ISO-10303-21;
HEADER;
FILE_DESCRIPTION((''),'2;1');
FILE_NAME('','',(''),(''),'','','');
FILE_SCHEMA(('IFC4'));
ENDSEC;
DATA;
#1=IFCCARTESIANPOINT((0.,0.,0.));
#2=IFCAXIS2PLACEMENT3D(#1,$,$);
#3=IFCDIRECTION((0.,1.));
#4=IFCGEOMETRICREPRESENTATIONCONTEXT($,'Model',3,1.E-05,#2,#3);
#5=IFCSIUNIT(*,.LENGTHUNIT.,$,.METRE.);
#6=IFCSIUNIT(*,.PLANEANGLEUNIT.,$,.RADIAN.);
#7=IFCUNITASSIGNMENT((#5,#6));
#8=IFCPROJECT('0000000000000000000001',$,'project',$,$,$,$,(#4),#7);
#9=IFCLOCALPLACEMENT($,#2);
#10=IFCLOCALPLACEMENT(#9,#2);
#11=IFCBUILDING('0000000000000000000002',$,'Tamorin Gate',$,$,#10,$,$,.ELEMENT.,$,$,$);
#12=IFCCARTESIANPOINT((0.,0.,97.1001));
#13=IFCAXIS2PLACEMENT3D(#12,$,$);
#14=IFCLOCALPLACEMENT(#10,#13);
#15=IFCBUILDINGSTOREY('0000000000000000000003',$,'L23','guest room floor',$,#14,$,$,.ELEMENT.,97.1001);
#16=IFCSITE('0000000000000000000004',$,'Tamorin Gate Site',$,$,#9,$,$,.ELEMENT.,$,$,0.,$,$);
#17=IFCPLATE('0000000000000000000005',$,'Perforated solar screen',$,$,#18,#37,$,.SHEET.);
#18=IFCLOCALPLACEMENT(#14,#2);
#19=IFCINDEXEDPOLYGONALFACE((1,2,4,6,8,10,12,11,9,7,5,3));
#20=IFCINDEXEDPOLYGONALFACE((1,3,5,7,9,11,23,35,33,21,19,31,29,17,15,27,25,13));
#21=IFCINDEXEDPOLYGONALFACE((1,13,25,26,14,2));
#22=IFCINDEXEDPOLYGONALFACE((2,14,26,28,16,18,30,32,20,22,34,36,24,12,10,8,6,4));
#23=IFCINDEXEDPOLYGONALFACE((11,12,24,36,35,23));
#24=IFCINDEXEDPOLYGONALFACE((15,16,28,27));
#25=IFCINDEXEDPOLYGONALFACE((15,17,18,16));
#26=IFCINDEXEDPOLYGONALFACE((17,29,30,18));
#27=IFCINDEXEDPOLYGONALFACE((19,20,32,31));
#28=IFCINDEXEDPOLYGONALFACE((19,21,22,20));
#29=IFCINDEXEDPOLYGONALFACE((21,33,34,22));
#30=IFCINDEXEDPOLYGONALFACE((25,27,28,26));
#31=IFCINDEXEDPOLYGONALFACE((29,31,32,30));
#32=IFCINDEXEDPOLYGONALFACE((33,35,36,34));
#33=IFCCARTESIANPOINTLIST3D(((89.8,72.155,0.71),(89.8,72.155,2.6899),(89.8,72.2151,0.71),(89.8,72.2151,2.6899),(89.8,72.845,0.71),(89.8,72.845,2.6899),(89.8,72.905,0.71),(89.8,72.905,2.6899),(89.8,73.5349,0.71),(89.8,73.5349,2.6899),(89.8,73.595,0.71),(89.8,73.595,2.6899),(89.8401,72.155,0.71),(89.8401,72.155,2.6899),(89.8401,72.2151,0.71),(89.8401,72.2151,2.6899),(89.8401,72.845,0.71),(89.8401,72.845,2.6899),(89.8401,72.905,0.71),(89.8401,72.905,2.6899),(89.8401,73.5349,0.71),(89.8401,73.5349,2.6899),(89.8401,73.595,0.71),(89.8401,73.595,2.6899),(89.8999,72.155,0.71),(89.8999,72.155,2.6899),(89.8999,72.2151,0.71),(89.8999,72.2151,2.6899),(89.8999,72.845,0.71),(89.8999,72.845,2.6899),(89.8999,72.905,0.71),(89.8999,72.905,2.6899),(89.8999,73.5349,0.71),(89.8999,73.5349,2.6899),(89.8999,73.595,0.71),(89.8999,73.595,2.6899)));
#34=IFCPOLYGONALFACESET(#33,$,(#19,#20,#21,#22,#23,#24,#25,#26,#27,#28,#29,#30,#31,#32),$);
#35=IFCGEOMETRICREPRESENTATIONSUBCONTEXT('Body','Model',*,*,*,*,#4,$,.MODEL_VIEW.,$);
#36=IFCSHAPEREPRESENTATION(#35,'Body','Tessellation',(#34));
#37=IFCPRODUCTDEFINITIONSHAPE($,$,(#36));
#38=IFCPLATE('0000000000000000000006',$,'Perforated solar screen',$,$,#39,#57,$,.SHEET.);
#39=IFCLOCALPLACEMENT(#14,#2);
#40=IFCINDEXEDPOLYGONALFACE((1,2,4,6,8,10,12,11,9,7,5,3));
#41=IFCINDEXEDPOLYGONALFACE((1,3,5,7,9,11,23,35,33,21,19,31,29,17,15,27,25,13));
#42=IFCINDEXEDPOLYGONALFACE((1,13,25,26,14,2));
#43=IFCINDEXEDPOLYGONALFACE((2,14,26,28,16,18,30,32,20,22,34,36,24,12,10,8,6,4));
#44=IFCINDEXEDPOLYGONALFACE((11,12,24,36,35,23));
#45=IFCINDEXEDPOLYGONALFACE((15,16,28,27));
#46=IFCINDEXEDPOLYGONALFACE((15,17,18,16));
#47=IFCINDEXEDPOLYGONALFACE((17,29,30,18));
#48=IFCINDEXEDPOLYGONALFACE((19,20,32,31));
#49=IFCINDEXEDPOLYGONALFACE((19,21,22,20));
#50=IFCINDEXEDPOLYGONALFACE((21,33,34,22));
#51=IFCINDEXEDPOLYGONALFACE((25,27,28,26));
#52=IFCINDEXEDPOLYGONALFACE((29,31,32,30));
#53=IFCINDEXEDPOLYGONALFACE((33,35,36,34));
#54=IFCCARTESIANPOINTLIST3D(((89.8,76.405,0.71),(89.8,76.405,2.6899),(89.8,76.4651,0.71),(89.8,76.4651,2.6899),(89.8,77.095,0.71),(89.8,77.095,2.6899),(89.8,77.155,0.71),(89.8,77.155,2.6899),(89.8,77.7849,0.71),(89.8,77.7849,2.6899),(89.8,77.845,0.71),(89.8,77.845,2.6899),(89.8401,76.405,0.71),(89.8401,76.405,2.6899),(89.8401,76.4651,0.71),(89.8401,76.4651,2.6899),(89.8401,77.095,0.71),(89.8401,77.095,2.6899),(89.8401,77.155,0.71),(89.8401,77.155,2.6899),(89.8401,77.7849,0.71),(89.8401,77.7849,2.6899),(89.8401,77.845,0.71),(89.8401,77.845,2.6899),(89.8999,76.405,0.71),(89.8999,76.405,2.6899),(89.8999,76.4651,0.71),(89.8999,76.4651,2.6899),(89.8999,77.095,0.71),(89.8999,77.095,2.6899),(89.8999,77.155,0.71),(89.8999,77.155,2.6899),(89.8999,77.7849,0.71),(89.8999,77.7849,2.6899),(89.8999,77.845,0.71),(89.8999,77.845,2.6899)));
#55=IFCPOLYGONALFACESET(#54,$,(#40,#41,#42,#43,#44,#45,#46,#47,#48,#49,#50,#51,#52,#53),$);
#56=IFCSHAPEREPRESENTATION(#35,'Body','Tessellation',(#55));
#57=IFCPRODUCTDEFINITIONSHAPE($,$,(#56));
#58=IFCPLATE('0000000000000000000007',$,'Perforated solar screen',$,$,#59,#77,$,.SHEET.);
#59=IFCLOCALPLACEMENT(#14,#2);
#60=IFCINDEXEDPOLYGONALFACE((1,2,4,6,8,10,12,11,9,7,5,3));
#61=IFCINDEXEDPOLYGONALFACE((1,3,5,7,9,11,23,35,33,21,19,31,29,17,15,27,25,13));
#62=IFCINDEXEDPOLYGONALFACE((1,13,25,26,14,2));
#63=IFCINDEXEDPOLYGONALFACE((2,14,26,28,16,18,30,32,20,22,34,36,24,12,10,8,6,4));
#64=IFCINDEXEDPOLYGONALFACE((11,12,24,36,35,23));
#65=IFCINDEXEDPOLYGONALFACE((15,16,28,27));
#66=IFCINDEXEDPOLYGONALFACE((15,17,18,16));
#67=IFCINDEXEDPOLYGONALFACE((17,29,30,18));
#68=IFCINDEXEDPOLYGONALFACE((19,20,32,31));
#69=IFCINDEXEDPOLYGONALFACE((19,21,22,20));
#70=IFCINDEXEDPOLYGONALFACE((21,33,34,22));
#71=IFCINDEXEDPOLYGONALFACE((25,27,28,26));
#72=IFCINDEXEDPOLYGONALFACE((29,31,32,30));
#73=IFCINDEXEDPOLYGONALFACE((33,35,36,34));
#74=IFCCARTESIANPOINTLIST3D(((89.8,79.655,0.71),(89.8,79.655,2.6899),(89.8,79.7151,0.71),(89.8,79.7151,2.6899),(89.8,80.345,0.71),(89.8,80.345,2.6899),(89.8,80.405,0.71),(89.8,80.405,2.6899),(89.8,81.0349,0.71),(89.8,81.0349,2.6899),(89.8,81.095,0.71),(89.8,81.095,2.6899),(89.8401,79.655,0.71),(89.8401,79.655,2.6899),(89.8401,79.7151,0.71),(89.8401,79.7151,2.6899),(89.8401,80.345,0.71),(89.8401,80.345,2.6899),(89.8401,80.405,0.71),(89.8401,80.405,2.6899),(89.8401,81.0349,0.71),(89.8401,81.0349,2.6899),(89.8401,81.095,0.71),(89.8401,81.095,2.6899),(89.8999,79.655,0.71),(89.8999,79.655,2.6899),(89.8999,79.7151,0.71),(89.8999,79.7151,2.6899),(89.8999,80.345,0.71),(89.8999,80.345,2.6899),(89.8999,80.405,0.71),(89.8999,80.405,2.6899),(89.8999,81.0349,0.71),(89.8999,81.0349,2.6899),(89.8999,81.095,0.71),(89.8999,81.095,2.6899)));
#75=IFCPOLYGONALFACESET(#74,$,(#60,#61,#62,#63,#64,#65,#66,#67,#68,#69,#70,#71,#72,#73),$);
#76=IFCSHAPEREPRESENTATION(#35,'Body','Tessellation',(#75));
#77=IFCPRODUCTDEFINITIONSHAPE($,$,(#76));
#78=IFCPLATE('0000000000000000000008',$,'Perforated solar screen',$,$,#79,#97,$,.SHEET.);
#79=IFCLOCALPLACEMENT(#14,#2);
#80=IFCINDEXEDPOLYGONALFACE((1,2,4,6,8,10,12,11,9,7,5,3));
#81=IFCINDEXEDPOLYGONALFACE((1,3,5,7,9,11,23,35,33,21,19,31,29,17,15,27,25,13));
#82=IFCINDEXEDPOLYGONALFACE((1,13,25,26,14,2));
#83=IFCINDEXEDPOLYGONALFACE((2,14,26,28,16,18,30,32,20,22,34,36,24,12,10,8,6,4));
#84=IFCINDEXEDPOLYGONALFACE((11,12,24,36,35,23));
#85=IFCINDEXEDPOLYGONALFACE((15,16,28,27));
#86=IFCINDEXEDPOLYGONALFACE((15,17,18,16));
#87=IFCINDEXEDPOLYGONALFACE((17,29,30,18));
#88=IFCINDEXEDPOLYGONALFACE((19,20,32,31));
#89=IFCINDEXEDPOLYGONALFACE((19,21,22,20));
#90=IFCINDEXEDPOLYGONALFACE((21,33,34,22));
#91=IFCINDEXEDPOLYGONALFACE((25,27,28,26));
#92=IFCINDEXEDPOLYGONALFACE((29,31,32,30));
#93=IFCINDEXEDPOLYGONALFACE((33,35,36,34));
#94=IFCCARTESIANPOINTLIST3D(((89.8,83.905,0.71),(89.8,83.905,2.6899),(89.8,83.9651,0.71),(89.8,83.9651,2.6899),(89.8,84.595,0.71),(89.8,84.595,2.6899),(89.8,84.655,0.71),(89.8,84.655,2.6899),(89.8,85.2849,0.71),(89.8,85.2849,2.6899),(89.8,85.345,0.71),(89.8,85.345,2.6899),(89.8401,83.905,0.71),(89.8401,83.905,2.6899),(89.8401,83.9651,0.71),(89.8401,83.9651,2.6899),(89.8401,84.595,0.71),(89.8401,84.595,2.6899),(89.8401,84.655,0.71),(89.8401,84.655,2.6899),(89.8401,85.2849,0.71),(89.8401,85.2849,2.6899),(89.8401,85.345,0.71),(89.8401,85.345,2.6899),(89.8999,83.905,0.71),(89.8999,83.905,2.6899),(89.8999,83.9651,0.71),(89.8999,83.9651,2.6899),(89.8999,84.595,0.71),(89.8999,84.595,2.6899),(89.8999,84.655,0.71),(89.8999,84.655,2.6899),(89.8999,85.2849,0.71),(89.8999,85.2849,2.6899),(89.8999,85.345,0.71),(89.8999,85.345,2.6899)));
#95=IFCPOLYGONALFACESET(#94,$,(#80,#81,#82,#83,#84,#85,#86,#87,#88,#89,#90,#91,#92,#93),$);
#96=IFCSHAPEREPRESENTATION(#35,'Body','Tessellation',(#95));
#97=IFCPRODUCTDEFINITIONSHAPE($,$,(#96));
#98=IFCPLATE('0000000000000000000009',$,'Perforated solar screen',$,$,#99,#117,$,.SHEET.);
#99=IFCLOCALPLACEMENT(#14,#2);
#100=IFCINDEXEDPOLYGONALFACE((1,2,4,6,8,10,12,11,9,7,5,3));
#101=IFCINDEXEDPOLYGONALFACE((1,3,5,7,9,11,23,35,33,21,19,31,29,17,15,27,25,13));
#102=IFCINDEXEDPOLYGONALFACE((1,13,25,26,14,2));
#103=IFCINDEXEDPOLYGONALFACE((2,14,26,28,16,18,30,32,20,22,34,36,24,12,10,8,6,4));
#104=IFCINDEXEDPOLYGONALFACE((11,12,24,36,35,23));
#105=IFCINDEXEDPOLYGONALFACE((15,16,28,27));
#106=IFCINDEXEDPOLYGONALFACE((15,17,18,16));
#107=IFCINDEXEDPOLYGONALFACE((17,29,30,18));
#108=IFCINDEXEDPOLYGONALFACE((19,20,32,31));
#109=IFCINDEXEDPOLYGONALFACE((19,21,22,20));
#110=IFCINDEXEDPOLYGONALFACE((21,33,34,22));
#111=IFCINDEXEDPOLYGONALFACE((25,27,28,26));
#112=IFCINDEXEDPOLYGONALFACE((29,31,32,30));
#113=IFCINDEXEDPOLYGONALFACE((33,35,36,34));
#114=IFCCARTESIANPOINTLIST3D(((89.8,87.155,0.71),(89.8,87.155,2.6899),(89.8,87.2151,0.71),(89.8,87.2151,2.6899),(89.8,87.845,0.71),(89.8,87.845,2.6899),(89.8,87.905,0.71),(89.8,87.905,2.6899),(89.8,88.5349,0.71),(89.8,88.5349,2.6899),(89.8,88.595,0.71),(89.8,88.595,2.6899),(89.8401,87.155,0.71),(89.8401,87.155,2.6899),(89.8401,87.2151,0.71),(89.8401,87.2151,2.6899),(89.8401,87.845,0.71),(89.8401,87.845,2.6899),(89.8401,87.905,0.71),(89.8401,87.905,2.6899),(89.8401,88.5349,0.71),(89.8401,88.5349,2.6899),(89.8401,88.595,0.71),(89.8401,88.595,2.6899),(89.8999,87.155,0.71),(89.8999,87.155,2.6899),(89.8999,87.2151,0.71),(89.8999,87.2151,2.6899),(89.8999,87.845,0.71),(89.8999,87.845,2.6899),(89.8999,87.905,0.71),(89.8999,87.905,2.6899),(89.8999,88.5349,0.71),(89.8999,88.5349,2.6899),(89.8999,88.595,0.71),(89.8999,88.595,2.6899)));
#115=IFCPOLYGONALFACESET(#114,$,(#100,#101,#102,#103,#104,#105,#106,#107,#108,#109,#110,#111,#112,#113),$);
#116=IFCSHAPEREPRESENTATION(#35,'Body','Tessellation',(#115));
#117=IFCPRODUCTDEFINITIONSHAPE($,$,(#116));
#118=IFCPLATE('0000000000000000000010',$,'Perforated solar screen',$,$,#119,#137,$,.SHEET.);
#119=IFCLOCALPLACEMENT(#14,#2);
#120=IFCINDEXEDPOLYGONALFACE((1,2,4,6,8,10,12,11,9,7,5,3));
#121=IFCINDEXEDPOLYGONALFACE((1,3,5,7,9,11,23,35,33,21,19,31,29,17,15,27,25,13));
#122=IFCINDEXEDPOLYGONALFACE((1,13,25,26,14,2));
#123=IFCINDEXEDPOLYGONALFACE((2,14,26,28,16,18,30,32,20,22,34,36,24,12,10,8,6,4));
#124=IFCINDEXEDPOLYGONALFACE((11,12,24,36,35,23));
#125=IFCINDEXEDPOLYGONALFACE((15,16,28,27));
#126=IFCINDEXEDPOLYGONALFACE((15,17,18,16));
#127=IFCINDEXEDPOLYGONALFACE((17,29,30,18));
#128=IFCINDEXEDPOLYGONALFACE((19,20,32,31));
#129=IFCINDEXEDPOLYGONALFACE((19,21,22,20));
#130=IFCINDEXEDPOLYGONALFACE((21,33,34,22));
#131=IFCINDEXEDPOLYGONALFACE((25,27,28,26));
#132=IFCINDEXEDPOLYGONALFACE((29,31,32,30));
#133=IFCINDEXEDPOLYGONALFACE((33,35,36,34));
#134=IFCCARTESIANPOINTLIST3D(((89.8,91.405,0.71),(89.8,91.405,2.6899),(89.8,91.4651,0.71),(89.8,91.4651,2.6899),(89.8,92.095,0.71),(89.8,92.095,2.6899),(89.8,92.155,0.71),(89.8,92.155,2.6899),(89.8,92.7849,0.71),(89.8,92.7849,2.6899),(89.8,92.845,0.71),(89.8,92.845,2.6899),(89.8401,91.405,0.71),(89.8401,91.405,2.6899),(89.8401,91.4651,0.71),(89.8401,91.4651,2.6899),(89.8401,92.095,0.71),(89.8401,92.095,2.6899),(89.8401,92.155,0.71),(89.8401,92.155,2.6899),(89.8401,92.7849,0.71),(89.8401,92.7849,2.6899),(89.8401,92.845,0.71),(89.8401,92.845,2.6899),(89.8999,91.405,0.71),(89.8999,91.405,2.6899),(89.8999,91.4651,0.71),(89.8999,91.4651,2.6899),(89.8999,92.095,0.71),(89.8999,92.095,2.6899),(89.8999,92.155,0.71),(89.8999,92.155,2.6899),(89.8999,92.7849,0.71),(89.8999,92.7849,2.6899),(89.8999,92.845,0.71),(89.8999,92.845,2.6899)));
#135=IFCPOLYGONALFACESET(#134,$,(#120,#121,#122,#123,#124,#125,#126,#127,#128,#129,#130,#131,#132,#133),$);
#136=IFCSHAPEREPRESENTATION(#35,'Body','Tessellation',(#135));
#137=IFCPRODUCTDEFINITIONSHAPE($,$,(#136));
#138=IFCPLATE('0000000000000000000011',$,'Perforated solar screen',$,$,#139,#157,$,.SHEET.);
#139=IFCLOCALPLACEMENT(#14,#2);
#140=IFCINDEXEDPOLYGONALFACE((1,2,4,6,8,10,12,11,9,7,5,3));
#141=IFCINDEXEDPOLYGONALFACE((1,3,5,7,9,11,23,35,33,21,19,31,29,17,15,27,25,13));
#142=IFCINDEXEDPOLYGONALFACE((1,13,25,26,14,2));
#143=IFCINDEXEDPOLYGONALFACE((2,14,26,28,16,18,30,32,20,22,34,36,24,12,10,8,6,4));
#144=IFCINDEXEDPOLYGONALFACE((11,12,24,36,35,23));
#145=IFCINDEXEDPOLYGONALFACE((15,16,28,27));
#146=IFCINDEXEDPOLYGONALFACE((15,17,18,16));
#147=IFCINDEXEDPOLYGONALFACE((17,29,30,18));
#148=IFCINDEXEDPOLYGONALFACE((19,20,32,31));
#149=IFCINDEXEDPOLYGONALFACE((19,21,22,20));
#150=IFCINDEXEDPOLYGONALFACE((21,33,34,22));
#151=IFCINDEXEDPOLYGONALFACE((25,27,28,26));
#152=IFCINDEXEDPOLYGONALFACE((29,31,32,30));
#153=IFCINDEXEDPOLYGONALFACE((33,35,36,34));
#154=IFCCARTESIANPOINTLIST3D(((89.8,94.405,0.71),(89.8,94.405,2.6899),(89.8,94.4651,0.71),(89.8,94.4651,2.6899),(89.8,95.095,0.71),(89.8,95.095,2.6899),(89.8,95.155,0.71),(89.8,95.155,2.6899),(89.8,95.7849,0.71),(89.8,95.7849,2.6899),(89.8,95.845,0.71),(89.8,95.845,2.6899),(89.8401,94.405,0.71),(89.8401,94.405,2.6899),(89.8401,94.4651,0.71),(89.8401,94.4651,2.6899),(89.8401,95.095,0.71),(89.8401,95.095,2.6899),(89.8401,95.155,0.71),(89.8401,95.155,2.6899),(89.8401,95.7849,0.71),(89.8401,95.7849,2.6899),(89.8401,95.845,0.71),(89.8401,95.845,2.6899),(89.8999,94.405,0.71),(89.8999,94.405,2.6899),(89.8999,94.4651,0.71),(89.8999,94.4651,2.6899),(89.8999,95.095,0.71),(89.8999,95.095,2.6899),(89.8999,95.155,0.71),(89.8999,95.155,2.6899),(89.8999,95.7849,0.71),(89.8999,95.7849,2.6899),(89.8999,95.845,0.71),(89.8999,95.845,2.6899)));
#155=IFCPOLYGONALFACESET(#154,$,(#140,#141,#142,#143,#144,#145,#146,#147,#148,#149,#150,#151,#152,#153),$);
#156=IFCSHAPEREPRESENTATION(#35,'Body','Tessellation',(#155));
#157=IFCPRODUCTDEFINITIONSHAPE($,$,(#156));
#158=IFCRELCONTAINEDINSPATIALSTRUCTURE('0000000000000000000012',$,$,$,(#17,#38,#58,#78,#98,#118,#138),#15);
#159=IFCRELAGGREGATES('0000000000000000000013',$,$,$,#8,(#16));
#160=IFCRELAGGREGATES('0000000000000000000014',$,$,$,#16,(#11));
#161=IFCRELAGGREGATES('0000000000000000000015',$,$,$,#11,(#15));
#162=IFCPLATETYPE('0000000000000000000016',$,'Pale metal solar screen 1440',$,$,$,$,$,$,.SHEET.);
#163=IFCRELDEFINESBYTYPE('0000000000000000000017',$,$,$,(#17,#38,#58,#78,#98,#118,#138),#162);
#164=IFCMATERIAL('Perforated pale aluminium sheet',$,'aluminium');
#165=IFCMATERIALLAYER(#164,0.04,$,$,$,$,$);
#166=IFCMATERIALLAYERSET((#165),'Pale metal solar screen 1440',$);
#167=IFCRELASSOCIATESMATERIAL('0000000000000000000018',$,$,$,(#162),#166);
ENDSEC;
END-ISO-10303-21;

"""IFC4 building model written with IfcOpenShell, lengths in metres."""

from ifc_helpers import new_model, si_unit, direction, frame, origin, place, context, subcontext, project, spatial, polyline, outline, extrude, material, layer, layer_set, type_object, element, save


model = new_model("IFC4")

# Units and contexts
model_context = context("Model", 3, precision=1e-05, world=origin(), true_north=direction((0.0, 1.0)))
body_context = subcontext(model_context, "Body", "Model", "MODEL_VIEW")
ifc_project = project(units=[si_unit("LENGTHUNIT", "METRE"), si_unit("PLANEANGLEUNIT", "RADIAN")], contexts=[model_context])

# Site, building, storey
site_placement = place(None, origin())
site = spatial("IfcSite", under=ifc_project, at=site_placement, Name="Tamorin Gate Site", CompositionType="ELEMENT", RefElevation=0.0)
building_placement = place(site_placement, origin())
building = spatial("IfcBuilding", under=site, at=building_placement, Name="Tamorin Gate", CompositionType="ELEMENT")
storey_placement = place(building_placement, frame((0.0, 0.0, 97.1001)))
storey = spatial("IfcBuildingStorey", under=building, at=storey_placement, Name="L23", Description="guest room floor", CompositionType="ELEMENT", Elevation=97.1001)

# Plates
ifc_material = material(Name="Perforated pale aluminium sheet", Category="aluminium")
ifc_layer = layer(ifc_material, 0.04)
ifc_layer_set = layer_set([ifc_layer], Name="Pale metal solar screen 1440")
plate_type = type_object("IfcPlateType", Name="Pale metal solar screen 1440", PredefinedType="SHEET", material=ifc_layer_set)
plate_1_placement = place(storey_placement, frame((0.0, 0.0, 0.71)))
element("IfcPlate", 1, at=plate_1_placement, inside=storey, type_object=plate_type, Name="Perforated solar screen", PredefinedType="SHEET", context=body_context, shape_type="SweptSolid", body=[
    extrude(outline(polyline([(89.8401, 72.155), (89.8, 72.155), (89.8, 72.2151), (89.8, 72.845), (89.8, 72.905), (89.8, 73.5349), (89.8, 73.595), (89.8401, 73.595), (89.8999, 73.595), (89.8999, 73.5349), (89.8401, 73.5349), (89.8401, 72.905), (89.8999, 72.905), (89.8999, 72.845), (89.8401, 72.845), (89.8401, 72.2151), (89.8999, 72.2151), (89.8999, 72.155), (89.8401, 72.155)])), origin(), (0.0, 0.0, 1.0), 1.98),
])
plate_2_placement = place(storey_placement, frame((0.0, 0.0, 0.71)))
element("IfcPlate", 2, at=plate_2_placement, inside=storey, type_object=plate_type, Name="Perforated solar screen", PredefinedType="SHEET", context=body_context, shape_type="SweptSolid", body=[
    extrude(outline(polyline([(89.8401, 76.405), (89.8, 76.405), (89.8, 76.4651), (89.8, 77.095), (89.8, 77.155), (89.8, 77.7849), (89.8, 77.845), (89.8401, 77.845), (89.8999, 77.845), (89.8999, 77.7849), (89.8401, 77.7849), (89.8401, 77.155), (89.8999, 77.155), (89.8999, 77.095), (89.8401, 77.095), (89.8401, 76.4651), (89.8999, 76.4651), (89.8999, 76.405), (89.8401, 76.405)])), origin(), (0.0, 0.0, 1.0), 1.98),
])
plate_3_placement = place(storey_placement, frame((0.0, 0.0, 0.71)))
element("IfcPlate", 3, at=plate_3_placement, inside=storey, type_object=plate_type, Name="Perforated solar screen", PredefinedType="SHEET", context=body_context, shape_type="SweptSolid", body=[
    extrude(outline(polyline([(89.8401, 79.655), (89.8, 79.655), (89.8, 79.7151), (89.8, 80.345), (89.8, 80.405), (89.8, 81.0349), (89.8, 81.095), (89.8401, 81.095), (89.8999, 81.095), (89.8999, 81.0349), (89.8401, 81.0349), (89.8401, 80.405), (89.8999, 80.405), (89.8999, 80.345), (89.8401, 80.345), (89.8401, 79.7151), (89.8999, 79.7151), (89.8999, 79.655), (89.8401, 79.655)])), origin(), (0.0, 0.0, 1.0), 1.98),
])
plate_4_placement = place(storey_placement, frame((0.0, 0.0, 0.71)))
element("IfcPlate", 4, at=plate_4_placement, inside=storey, type_object=plate_type, Name="Perforated solar screen", PredefinedType="SHEET", context=body_context, shape_type="SweptSolid", body=[
    extrude(outline(polyline([(89.8401, 83.905), (89.8, 83.905), (89.8, 83.9651), (89.8, 84.595), (89.8, 84.655), (89.8, 85.2849), (89.8, 85.345), (89.8401, 85.345), (89.8999, 85.345), (89.8999, 85.2849), (89.8401, 85.2849), (89.8401, 84.655), (89.8999, 84.655), (89.8999, 84.595), (89.8401, 84.595), (89.8401, 83.9651), (89.8999, 83.9651), (89.8999, 83.905), (89.8401, 83.905)])), origin(), (0.0, 0.0, 1.0), 1.98),
])
plate_5_placement = place(storey_placement, frame((0.0, 0.0, 0.71)))
element("IfcPlate", 5, at=plate_5_placement, inside=storey, type_object=plate_type, Name="Perforated solar screen", PredefinedType="SHEET", context=body_context, shape_type="SweptSolid", body=[
    extrude(outline(polyline([(89.8401, 87.155), (89.8, 87.155), (89.8, 87.2151), (89.8, 87.845), (89.8, 87.905), (89.8, 88.5349), (89.8, 88.595), (89.8401, 88.595), (89.8999, 88.595), (89.8999, 88.5349), (89.8401, 88.5349), (89.8401, 87.905), (89.8999, 87.905), (89.8999, 87.845), (89.8401, 87.845), (89.8401, 87.2151), (89.8999, 87.2151), (89.8999, 87.155), (89.8401, 87.155)])), origin(), (0.0, 0.0, 1.0), 1.98),
])
plate_6_placement = place(storey_placement, frame((0.0, 0.0, 0.71)))
element("IfcPlate", 6, at=plate_6_placement, inside=storey, type_object=plate_type, Name="Perforated solar screen", PredefinedType="SHEET", context=body_context, shape_type="SweptSolid", body=[
    extrude(outline(polyline([(89.8401, 91.405), (89.8, 91.405), (89.8, 91.4651), (89.8, 92.095), (89.8, 92.155), (89.8, 92.7849), (89.8, 92.845), (89.8401, 92.845), (89.8999, 92.845), (89.8999, 92.7849), (89.8401, 92.7849), (89.8401, 92.155), (89.8999, 92.155), (89.8999, 92.095), (89.8401, 92.095), (89.8401, 91.4651), (89.8999, 91.4651), (89.8999, 91.405), (89.8401, 91.405)])), origin(), (0.0, 0.0, 1.0), 1.98),
])
plate_7_placement = place(storey_placement, frame((0.0, 0.0, 0.71)))
element("IfcPlate", 7, at=plate_7_placement, inside=storey, type_object=plate_type, Name="Perforated solar screen", PredefinedType="SHEET", context=body_context, shape_type="SweptSolid", body=[
    extrude(outline(polyline([(89.8401, 94.405), (89.8, 94.405), (89.8, 94.4651), (89.8, 95.095), (89.8, 95.155), (89.8, 95.7849), (89.8, 95.845), (89.8401, 95.845), (89.8999, 95.845), (89.8999, 95.7849), (89.8401, 95.7849), (89.8401, 95.155), (89.8999, 95.155), (89.8999, 95.095), (89.8401, 95.095), (89.8401, 94.4651), (89.8999, 94.4651), (89.8999, 94.405), (89.8401, 94.405)])), origin(), (0.0, 0.0, 1.0), 1.98),
])

save(model, "model.ifc")
